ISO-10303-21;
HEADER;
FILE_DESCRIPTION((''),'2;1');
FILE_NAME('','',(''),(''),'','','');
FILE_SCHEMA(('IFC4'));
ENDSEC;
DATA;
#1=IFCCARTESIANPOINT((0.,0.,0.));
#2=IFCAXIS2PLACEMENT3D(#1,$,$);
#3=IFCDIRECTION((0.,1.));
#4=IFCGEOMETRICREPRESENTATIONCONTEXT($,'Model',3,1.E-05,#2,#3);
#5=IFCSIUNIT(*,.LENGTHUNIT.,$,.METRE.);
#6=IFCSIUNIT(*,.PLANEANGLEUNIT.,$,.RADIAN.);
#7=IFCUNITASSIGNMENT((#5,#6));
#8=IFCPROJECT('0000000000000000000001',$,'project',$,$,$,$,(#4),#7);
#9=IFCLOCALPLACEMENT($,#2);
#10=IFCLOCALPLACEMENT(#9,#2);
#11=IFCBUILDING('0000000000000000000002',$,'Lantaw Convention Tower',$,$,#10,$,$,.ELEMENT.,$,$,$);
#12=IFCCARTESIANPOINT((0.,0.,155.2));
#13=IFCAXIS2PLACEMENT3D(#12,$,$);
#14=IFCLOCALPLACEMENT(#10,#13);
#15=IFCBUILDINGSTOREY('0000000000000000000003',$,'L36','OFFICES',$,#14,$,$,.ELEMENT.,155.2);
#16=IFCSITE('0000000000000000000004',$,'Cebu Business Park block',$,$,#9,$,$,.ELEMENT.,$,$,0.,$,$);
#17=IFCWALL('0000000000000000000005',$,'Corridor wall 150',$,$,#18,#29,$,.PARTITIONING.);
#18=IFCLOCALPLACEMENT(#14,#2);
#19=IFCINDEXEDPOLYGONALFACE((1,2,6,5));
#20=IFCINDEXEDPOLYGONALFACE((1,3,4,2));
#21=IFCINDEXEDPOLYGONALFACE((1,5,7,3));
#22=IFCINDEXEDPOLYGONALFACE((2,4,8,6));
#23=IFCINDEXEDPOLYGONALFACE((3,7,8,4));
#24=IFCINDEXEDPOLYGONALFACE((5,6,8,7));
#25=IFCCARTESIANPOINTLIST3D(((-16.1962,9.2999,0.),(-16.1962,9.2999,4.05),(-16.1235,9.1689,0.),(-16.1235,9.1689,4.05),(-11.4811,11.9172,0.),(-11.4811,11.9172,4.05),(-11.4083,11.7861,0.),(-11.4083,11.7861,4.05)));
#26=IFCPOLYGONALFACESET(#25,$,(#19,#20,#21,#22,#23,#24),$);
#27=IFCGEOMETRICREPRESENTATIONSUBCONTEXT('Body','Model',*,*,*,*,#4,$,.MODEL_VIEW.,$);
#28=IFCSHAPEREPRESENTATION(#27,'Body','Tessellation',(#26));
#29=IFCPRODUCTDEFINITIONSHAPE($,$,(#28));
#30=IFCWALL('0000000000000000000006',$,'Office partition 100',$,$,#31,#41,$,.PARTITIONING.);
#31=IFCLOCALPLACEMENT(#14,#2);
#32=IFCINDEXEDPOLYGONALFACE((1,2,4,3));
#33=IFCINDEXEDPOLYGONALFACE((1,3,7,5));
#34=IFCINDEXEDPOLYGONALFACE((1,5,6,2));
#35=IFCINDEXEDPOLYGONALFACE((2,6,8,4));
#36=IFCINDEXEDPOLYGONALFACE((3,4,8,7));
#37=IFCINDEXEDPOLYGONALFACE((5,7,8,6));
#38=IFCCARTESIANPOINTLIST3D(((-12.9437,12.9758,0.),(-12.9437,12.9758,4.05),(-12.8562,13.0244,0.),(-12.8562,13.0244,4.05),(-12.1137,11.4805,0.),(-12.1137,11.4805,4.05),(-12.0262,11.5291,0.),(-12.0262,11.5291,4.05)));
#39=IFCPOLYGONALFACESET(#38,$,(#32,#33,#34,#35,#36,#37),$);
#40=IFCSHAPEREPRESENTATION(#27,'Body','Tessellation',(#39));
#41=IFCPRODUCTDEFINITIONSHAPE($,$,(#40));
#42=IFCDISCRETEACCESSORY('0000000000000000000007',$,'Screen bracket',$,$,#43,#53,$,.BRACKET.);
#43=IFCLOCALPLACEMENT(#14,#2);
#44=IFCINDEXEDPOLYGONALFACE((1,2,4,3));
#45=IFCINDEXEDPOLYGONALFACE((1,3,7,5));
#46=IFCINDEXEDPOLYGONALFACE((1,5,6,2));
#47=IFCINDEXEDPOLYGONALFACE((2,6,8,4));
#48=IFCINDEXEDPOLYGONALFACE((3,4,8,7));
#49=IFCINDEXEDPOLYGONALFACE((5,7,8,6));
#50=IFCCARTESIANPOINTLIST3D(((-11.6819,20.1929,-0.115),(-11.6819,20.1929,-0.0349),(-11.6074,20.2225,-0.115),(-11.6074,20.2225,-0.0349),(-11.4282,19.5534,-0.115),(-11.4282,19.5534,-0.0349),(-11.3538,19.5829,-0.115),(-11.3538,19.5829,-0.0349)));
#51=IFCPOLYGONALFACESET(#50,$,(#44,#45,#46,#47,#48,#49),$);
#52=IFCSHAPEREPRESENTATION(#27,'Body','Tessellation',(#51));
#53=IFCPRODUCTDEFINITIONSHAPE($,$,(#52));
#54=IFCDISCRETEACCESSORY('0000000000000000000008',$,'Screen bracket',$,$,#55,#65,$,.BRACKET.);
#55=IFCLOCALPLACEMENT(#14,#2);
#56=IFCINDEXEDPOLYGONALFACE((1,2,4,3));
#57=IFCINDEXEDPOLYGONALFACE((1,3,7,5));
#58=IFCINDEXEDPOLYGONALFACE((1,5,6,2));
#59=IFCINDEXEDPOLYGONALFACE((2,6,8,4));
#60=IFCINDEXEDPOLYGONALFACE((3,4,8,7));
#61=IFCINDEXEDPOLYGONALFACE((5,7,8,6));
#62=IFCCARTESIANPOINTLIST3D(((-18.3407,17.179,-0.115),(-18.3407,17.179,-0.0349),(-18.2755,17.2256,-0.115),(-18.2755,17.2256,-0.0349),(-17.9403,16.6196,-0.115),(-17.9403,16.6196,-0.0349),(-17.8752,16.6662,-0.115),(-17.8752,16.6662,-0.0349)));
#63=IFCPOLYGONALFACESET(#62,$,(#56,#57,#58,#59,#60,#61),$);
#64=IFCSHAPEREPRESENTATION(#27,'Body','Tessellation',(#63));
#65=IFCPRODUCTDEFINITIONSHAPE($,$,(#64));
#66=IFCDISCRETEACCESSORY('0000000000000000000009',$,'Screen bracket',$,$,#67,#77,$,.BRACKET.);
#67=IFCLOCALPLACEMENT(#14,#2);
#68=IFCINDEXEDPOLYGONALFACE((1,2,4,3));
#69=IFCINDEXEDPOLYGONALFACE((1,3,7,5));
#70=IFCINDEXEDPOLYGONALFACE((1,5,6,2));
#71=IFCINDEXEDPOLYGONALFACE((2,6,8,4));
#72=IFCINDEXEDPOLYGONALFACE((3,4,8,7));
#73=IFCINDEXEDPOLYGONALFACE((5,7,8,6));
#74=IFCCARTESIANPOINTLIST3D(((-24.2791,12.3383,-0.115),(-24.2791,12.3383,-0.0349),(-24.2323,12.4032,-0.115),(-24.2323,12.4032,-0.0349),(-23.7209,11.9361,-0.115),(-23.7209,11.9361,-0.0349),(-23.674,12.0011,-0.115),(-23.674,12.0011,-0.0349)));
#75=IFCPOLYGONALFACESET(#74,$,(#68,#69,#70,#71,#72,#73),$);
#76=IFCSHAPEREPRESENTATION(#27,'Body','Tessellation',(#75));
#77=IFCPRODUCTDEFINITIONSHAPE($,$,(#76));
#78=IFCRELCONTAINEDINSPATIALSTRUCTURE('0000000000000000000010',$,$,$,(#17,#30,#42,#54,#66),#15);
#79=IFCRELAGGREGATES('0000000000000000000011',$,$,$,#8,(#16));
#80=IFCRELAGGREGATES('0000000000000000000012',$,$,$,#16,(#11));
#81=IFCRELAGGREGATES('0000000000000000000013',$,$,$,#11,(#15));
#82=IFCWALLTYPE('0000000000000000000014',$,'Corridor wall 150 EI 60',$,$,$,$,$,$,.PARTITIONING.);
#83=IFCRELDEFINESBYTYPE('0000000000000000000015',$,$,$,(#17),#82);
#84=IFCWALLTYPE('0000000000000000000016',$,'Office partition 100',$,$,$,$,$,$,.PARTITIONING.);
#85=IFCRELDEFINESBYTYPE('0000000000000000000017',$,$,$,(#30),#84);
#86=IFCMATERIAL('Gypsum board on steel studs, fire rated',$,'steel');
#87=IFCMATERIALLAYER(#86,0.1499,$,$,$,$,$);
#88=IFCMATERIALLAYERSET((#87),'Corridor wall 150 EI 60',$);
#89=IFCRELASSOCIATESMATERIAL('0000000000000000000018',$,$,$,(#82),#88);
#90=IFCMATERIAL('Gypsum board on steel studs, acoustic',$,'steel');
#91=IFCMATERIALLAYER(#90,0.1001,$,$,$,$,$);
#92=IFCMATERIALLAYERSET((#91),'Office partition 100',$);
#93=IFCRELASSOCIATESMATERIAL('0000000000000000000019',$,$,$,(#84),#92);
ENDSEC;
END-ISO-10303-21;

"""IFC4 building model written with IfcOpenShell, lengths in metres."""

from ifc_helpers import new_model, si_unit, direction, frame, frame_2d, origin, origin_2d, place, context, subcontext, project, spatial, rectangle, extrude, material, layer, layer_set, type_object, element, save


model = new_model("IFC4")

# Units and contexts
model_context = context("Model", 3, precision=1e-05, world=origin(), true_north=direction((0.0, 1.0)))
body_context = subcontext(model_context, "Body", "Model", "MODEL_VIEW")
ifc_project = project(units=[si_unit("LENGTHUNIT", "METRE"), si_unit("PLANEANGLEUNIT", "RADIAN")], contexts=[model_context])

# Site, building, storey
site_placement = place(None, origin())
site = spatial("IfcSite", under=ifc_project, at=site_placement, Name="Cebu Business Park block", CompositionType="ELEMENT", RefElevation=0.0)
building_placement = place(site_placement, origin())
building = spatial("IfcBuilding", under=site, at=building_placement, Name="Lantaw Convention Tower", CompositionType="ELEMENT")
storey_placement = place(building_placement, frame((0.0, 0.0, 155.2)))
storey = spatial("IfcBuildingStorey", under=building, at=storey_placement, Name="L36", Description="OFFICES", CompositionType="ELEMENT", Elevation=155.2)

# Walls
ifc_material_1 = material(Name="Gypsum board on steel studs, fire rated", Category="steel")
ifc_layer_1 = layer(ifc_material_1, 0.1499)
ifc_layer_set_1 = layer_set([ifc_layer_1], Name="Corridor wall 150 EI 60")
wall_type_1 = type_object("IfcWallType", Name="Corridor wall 150 EI 60", PredefinedType="PARTITIONING", material=ifc_layer_set_1)
wall_1_placement = place(storey_placement, frame((-11.4448, 11.8516, 0.0), z_axis=(0.0, 0.0, 1.0), x_axis=(-0.874339, -0.485316, 0.0)))
element("IfcWall", 1, at=wall_1_placement, inside=storey, type_object=wall_type_1, Name="Corridor wall 150", PredefinedType="PARTITIONING", context=body_context, shape_type="SweptSolid", body=[
    extrude(rectangle(XDim=5.3928, YDim=0.1499, at=frame_2d((2.6963, 0.0))), origin(), (0.0, 0.0, 1.0), 4.05),
])
ifc_material_2 = material(Name="Gypsum board on steel studs, acoustic", Category="steel")
ifc_layer_2 = layer(ifc_material_2, 0.1001)
ifc_layer_set_2 = layer_set([ifc_layer_2], Name="Office partition 100")
wall_type_2 = type_object("IfcWallType", Name="Office partition 100", PredefinedType="PARTITIONING", material=ifc_layer_set_2)
wall_2_placement = place(storey_placement, frame((-12.8999, 13.0, 0.0), z_axis=(0.0, 0.0, 1.0), x_axis=(0.48534, -0.874326, 0.0)))
element("IfcWall", 2, at=wall_2_placement, inside=storey, type_object=wall_type_2, Name="Office partition 100", PredefinedType="PARTITIONING", context=body_context, shape_type="SweptSolid", body=[
    extrude(rectangle(XDim=1.7102, YDim=0.1001, at=frame_2d((0.855, 0.0))), origin(), (0.0, 0.0, 1.0), 4.05),
])

# Discrete accessories
for number, where, z_axis, x_axis, name in (
    (3, (-11.5178, 19.8879, -0.115), (0.0, 0.0, 1.0), (-0.929548, -0.368702, 0.0), "Screen bracket"),
    (4, (-18.1079, 16.9226, -0.115), (0.0, 0.0, 1.0), (-0.813208, -0.581973, 0.0), "Screen bracket"),
    (5, (-23.9766, 12.1697, -0.115), (0.0, 0.0, 1.0), (-0.584513, -0.811385, 0.0), "Screen bracket"),
):
    element("IfcDiscreteAccessory", number, at=place(storey_placement, frame(where, z_axis=z_axis, x_axis=x_axis)), inside=storey, Name=name, PredefinedType="BRACKET", context=body_context, shape_type="SweptSolid", body=[
        extrude(rectangle(XDim=0.0801, YDim=0.688, at=origin_2d()), origin(), (0.0, 0.0, 1.0), 0.0801),
    ])

save(model, "model.ifc")
